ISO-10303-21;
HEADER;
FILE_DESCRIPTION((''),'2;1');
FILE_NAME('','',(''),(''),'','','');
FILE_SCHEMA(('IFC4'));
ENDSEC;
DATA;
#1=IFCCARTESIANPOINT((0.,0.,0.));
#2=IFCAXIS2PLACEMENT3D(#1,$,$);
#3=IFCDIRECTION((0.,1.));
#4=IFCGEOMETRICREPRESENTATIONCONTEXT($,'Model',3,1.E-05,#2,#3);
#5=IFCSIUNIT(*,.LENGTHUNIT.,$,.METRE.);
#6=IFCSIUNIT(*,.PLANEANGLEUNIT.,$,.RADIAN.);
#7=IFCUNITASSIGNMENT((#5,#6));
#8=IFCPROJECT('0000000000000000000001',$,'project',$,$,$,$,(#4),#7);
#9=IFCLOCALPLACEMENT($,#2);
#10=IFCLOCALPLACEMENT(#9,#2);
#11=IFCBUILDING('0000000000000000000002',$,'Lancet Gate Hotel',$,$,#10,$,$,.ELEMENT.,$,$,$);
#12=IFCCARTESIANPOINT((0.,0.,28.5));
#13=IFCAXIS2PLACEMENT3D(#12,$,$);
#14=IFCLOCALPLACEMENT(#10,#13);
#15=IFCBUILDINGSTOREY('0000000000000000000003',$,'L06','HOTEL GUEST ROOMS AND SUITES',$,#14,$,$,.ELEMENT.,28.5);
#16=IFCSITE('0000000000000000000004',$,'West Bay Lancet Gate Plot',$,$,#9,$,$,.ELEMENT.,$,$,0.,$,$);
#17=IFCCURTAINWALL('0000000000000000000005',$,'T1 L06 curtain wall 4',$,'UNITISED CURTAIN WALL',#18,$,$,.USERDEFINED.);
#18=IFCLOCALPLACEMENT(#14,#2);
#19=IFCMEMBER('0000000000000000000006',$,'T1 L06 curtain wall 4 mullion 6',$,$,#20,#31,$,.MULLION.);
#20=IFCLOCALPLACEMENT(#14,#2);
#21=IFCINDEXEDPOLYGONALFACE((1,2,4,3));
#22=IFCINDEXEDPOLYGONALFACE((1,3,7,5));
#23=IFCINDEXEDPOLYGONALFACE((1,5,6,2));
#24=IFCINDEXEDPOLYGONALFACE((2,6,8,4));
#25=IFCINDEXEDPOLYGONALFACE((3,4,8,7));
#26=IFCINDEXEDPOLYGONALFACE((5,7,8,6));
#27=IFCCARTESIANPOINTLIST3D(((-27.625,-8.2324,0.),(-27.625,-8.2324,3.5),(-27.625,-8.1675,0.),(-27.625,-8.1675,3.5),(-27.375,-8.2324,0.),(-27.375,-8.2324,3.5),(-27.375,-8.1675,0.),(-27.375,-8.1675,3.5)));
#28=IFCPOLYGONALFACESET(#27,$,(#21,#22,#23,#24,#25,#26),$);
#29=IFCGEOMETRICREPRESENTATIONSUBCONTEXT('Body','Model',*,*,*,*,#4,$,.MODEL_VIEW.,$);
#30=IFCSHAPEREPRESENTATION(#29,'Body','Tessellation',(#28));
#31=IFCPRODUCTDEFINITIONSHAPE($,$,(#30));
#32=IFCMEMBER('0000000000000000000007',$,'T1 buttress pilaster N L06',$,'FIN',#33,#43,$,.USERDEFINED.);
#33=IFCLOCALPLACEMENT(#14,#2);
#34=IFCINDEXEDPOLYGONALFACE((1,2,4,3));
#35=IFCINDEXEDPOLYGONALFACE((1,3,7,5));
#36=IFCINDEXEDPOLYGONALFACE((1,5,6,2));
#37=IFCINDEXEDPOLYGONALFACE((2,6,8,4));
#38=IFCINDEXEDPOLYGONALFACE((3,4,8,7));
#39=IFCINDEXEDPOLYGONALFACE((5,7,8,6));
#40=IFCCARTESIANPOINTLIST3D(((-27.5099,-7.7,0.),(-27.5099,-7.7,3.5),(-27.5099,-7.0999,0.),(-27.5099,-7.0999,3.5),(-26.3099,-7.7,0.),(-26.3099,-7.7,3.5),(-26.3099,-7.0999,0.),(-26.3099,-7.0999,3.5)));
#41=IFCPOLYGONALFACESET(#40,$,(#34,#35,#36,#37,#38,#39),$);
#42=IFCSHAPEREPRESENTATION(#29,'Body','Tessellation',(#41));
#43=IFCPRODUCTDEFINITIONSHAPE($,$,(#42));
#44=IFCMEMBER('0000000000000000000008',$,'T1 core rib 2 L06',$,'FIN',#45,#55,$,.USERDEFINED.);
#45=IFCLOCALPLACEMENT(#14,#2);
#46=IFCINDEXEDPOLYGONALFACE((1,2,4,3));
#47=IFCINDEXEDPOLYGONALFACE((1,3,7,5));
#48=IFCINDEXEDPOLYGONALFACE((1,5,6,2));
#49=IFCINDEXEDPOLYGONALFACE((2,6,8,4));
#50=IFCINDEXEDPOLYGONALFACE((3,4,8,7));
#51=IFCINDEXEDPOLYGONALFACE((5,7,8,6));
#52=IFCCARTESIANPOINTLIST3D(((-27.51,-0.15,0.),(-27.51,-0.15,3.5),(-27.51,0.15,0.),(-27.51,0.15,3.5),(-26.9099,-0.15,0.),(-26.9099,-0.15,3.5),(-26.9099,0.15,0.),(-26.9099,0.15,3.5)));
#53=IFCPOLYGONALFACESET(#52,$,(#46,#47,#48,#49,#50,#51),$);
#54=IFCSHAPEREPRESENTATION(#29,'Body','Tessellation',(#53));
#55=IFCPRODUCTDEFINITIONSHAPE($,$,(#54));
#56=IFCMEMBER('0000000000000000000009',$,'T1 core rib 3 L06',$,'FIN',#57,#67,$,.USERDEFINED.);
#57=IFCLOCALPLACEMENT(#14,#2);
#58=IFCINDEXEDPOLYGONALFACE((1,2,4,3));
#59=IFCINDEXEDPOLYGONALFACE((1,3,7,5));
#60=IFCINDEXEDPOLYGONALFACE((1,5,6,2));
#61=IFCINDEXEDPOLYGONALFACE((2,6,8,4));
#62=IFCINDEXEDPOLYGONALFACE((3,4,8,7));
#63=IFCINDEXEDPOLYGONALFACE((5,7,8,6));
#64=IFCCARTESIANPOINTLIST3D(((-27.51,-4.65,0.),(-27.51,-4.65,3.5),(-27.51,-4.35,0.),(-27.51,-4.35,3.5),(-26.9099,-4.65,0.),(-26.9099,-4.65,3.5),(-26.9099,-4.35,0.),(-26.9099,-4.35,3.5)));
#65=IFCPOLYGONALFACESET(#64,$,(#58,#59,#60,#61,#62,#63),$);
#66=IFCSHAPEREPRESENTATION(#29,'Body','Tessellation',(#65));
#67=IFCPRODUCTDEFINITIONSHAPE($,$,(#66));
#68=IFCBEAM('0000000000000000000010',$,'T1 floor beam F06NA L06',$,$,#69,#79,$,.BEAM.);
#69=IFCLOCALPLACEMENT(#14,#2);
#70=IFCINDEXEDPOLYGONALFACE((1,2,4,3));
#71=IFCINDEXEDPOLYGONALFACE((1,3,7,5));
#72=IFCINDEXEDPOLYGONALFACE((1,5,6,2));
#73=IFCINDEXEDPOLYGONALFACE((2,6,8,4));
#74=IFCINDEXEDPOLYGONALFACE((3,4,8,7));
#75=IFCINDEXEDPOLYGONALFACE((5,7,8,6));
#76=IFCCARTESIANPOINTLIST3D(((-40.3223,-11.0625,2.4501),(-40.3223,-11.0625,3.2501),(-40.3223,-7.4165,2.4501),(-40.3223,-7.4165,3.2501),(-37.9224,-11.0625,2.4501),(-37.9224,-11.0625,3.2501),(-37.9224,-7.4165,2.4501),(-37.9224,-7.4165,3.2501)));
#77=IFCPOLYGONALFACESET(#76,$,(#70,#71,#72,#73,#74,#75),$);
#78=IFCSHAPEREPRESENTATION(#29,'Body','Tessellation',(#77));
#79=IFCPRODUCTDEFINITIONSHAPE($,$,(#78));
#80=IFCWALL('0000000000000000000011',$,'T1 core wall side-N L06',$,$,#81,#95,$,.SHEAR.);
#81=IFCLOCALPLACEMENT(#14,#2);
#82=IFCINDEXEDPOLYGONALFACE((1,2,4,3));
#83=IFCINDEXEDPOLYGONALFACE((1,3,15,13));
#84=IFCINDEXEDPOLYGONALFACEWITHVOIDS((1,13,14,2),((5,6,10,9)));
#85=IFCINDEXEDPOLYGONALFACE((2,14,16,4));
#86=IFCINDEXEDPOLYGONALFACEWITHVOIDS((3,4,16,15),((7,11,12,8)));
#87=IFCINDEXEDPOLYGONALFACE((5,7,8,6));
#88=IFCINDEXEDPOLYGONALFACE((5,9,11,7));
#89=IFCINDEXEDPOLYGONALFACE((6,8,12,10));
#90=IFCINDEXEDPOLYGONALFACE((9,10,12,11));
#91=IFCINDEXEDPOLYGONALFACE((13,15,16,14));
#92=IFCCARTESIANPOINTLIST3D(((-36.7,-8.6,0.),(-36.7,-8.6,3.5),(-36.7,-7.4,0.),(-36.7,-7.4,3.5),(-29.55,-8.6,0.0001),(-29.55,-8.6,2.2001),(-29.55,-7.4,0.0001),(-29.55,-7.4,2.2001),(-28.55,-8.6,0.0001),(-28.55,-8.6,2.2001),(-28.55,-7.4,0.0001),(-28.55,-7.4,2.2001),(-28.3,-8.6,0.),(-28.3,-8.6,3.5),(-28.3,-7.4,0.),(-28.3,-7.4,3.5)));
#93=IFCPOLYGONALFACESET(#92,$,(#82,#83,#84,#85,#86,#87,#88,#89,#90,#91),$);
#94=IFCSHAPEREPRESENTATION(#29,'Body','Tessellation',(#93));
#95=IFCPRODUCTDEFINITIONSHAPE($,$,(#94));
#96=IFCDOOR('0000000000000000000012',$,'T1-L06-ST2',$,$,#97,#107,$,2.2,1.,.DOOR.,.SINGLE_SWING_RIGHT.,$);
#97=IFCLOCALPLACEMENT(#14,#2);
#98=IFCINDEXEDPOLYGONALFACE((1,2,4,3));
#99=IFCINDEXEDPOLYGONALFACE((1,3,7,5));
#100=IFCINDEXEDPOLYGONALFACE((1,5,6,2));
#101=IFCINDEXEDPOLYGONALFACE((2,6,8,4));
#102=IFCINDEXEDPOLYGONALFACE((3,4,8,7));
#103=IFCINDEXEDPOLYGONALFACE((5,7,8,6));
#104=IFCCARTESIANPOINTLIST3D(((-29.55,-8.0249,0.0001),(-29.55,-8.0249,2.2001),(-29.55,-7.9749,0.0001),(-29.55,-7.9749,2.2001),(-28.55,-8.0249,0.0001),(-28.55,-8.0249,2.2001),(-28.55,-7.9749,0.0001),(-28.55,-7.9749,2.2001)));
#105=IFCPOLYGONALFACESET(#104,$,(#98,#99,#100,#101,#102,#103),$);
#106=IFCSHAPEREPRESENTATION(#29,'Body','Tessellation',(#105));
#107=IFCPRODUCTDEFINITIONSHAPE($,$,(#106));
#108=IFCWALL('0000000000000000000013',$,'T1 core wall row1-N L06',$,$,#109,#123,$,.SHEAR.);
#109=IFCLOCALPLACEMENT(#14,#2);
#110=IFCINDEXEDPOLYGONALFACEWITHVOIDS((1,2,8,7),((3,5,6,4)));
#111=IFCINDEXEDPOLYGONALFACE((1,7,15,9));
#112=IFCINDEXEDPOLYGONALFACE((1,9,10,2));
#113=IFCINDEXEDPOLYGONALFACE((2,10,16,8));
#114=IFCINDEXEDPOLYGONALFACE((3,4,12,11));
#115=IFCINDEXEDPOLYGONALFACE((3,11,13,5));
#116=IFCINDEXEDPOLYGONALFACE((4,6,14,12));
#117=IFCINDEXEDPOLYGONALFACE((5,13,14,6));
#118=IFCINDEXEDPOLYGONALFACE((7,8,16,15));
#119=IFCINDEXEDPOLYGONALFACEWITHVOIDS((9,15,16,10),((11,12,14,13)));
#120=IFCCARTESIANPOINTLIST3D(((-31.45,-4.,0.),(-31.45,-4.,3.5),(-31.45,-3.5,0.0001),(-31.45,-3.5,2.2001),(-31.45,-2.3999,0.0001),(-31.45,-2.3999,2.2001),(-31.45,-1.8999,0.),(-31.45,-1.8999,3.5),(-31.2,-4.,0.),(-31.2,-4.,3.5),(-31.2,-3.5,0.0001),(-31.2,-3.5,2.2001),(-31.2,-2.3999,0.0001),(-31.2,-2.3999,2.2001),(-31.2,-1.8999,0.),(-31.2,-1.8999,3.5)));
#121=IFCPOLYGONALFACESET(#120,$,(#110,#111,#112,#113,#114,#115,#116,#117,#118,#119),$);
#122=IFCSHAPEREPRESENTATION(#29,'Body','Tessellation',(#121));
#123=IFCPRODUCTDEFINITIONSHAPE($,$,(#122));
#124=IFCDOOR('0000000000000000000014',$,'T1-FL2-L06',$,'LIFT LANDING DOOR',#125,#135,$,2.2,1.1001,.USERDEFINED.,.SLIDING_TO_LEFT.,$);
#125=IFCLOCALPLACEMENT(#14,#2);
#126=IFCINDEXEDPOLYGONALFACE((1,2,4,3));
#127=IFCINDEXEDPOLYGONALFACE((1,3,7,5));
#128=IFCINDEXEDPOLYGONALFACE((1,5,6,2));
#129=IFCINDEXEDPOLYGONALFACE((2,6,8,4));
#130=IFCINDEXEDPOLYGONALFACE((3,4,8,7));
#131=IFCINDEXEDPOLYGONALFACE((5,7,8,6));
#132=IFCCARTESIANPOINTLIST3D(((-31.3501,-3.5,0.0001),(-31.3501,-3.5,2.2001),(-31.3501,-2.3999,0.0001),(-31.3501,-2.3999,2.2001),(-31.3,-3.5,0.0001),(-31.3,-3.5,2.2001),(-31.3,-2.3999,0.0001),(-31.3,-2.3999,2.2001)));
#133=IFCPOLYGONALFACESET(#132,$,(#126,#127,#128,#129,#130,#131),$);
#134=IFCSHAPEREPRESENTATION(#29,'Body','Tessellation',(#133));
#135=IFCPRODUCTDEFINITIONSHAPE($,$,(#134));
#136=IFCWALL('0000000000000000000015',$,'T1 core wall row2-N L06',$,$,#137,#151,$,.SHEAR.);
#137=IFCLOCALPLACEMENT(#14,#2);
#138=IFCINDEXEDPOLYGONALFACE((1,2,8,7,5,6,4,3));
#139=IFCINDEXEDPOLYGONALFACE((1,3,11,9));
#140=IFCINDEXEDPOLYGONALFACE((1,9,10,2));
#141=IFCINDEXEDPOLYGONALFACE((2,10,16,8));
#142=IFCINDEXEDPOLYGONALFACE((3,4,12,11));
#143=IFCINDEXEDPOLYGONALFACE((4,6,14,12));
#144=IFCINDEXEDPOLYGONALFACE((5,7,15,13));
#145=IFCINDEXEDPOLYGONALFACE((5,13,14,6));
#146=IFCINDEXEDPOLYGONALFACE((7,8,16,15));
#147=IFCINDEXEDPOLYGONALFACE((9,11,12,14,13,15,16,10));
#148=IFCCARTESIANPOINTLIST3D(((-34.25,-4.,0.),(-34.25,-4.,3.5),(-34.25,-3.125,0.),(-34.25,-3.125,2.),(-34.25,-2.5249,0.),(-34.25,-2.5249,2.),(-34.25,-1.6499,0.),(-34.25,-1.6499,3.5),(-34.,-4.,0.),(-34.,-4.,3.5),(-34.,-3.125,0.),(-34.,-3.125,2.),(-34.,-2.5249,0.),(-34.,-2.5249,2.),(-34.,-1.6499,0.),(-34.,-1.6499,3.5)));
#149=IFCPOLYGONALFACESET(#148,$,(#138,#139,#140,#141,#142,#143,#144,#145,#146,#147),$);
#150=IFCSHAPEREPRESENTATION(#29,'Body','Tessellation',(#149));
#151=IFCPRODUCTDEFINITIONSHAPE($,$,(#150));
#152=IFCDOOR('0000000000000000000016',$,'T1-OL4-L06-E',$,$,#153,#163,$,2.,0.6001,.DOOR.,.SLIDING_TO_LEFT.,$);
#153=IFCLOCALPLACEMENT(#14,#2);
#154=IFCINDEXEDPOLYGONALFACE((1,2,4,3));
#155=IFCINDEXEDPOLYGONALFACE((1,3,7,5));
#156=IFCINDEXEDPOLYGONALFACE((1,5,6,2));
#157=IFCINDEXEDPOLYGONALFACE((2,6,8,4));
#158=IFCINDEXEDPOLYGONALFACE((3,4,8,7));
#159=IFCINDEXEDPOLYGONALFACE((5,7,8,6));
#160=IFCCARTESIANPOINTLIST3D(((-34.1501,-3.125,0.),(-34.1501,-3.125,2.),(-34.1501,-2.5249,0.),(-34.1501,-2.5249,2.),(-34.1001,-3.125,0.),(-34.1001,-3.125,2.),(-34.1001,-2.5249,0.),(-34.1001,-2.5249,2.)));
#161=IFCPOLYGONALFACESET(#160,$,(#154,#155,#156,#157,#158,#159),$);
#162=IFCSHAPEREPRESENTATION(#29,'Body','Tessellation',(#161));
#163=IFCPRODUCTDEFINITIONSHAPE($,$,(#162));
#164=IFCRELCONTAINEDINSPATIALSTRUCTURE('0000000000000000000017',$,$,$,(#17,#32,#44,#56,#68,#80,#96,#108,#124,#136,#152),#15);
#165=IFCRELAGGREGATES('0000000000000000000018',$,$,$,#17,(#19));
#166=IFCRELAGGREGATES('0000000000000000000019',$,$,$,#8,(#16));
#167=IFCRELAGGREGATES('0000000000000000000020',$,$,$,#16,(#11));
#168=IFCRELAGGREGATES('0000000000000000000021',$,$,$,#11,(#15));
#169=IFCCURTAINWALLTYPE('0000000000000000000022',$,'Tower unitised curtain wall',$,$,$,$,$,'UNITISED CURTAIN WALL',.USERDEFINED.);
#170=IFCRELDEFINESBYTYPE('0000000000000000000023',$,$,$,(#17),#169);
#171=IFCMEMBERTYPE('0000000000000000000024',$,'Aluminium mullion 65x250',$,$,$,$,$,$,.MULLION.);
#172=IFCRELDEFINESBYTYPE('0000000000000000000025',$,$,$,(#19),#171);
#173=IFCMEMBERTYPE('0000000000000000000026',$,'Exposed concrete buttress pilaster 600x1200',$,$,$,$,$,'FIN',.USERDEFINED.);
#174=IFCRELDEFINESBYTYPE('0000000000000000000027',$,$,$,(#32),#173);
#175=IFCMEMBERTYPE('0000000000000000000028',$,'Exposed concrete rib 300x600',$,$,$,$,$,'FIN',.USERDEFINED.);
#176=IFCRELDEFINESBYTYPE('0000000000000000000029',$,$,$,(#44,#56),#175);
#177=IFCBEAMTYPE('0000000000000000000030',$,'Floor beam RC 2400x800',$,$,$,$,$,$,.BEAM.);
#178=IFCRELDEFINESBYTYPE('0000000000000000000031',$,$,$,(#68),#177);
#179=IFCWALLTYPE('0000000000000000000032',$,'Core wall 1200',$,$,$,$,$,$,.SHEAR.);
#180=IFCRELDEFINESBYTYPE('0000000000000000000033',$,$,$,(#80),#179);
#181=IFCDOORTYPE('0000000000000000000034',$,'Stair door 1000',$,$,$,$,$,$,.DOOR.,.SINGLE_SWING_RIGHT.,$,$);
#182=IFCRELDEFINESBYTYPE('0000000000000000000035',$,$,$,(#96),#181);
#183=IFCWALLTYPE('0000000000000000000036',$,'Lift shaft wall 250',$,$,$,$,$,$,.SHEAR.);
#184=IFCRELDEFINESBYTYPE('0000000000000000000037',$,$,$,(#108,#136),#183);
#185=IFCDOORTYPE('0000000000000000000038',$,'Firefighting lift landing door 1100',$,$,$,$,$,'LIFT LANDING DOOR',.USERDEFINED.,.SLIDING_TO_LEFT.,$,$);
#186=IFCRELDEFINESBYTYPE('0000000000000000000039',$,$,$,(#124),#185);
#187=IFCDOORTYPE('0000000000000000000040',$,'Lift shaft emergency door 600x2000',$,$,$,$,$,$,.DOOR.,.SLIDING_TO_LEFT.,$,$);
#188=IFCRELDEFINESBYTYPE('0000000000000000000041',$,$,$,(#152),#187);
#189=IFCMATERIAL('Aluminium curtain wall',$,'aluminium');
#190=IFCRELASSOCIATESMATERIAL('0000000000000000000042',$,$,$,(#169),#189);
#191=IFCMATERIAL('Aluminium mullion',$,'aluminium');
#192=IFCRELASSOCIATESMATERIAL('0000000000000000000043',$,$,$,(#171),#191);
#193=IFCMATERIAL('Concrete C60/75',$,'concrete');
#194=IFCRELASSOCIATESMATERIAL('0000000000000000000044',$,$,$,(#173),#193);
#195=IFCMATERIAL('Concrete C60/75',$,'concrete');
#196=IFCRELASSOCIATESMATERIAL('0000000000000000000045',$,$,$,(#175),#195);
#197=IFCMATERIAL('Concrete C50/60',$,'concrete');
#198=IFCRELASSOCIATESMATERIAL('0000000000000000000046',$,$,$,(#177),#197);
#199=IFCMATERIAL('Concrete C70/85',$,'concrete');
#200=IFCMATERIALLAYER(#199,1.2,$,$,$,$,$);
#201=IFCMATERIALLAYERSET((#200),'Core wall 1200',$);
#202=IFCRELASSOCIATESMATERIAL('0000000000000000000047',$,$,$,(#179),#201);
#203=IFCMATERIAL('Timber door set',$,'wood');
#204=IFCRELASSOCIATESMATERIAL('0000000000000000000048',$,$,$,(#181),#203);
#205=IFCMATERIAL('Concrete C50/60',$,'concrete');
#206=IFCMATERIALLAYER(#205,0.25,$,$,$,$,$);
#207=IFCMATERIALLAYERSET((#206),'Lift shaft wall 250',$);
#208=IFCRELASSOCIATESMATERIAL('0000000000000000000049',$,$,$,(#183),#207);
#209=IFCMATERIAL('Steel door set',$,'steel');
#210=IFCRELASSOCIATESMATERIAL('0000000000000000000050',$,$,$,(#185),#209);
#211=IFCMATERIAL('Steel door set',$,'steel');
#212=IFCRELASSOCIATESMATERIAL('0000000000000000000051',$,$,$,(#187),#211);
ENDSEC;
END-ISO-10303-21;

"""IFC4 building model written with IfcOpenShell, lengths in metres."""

from ifc_helpers import new_model, si_unit, direction, frame, frame_2d, origin, origin_2d, place, context, subcontext, project, spatial, rectangle, extrude, material, layer, layer_set, material_profile, profile_set, type_object, element, fill, aggregate, save


model = new_model("IFC4")

# Units and contexts
model_context = context("Model", 3, precision=1e-05, world=origin(), true_north=direction((0.0, 1.0)))
body_context = subcontext(model_context, "Body", "Model", "MODEL_VIEW")
ifc_project = project(units=[si_unit("LENGTHUNIT", "METRE"), si_unit("PLANEANGLEUNIT", "RADIAN")], contexts=[model_context])

# Site, building, storey
site_placement = place(None, origin())
site = spatial("IfcSite", under=ifc_project, at=site_placement, Name="West Bay Lancet Gate Plot", CompositionType="ELEMENT", RefElevation=0.0)
building_placement = place(site_placement, origin())
building = spatial("IfcBuilding", under=site, at=building_placement, Name="Lancet Gate Hotel", CompositionType="ELEMENT")
storey_placement = place(building_placement, frame((0.0, 0.0, 28.5)))
storey = spatial("IfcBuildingStorey", under=building, at=storey_placement, Name="L06", Description="HOTEL GUEST ROOMS AND SUITES", CompositionType="ELEMENT", Elevation=28.5)

# Curtain wall, member
ifc_material_1 = material(Name="Aluminium curtain wall", Category="aluminium")
curtain_wall_type = type_object("IfcCurtainWallType", Name="Tower unitised curtain wall", ElementType="UNITISED CURTAIN WALL", PredefinedType="USERDEFINED", material=ifc_material_1)
curtain_wall_placement = place(storey_placement, origin())
curtain_wall = element("IfcCurtainWall", 1, at=curtain_wall_placement, inside=storey, type_object=curtain_wall_type, Name="T1 L06 curtain wall 4", ObjectType="UNITISED CURTAIN WALL", PredefinedType="USERDEFINED")
ifc_material_2 = material(Name="Aluminium mullion", Category="aluminium")
ifc_material_profile_1 = material_profile(ifc_material_2, rectangle(XDim=0.0649, YDim=0.25, at=origin_2d()), Name="MULLION 65x250")
ifc_profile_set_1 = profile_set([ifc_material_profile_1], Name="Aluminium mullion")
member_type_1 = type_object("IfcMemberType", Name="Aluminium mullion 65x250", PredefinedType="MULLION", material=ifc_profile_set_1)
member_1_placement = place(storey_placement, frame((-27.5, -8.2, 0.0), z_axis=(0.0, 0.0, 1.0), x_axis=(0.0, 1.0, 0.0)))
member_1 = element("IfcMember", 2, at=member_1_placement, type_object=member_type_1, Name="T1 L06 curtain wall 4 mullion 6", PredefinedType="MULLION", context=body_context, shape_type="SweptSolid", body=[
    extrude(rectangle(XDim=0.0649, YDim=0.25, at=origin_2d()), origin(), (0.0, 0.0, 1.0), 3.5),
])
aggregate(curtain_wall, [member_1])

# Members
ifc_material_3 = material(Name="Concrete C60/75", Category="concrete")
ifc_material_profile_2 = material_profile(ifc_material_3, rectangle(XDim=0.6001, YDim=1.2, at=origin_2d()), Name="FIN 600x1200")
ifc_profile_set_2 = profile_set([ifc_material_profile_2], Name="Concrete C60/75")
member_type_2 = type_object("IfcMemberType", Name="Exposed concrete buttress pilaster 600x1200", ElementType="FIN", PredefinedType="USERDEFINED", material=ifc_profile_set_2)
member_2_placement = place(storey_placement, frame((-26.9099, -7.3999, 0.0), z_axis=(0.0, 0.0, 1.0), x_axis=(0.0, 1.0, 0.0)))
element("IfcMember", 3, at=member_2_placement, inside=storey, type_object=member_type_2, Name="T1 buttress pilaster N L06", ObjectType="FIN", PredefinedType="USERDEFINED", context=body_context, shape_type="SweptSolid", body=[
    extrude(rectangle(XDim=0.6001, YDim=1.2, at=origin_2d()), origin(), (0.0, 0.0, 1.0), 3.5),
])
ifc_material_4 = material(Name="Concrete C60/75", Category="concrete")
ifc_material_profile_3 = material_profile(ifc_material_4, rectangle(XDim=0.3, YDim=0.6001, at=origin_2d()), Name="FIN 300x600")
ifc_profile_set_3 = profile_set([ifc_material_profile_3], Name="Concrete C60/75")
member_type_3 = type_object("IfcMemberType", Name="Exposed concrete rib 300x600", ElementType="FIN", PredefinedType="USERDEFINED", material=ifc_profile_set_3)
for number, where, z_axis, x_axis, name in (
    (4, (-27.21, 0.0, 0.0), (0.0, 0.0, 1.0), (0.0, 1.0, 0.0), "T1 core rib 2 L06"),
    (5, (-27.21, -4.5, 0.0), (0.0, 0.0, 1.0), (0.0, 1.0, 0.0), "T1 core rib 3 L06"),
):
    element("IfcMember", number, at=place(storey_placement, frame(where, z_axis=z_axis, x_axis=x_axis)), inside=storey, type_object=member_type_3, Name=name, ObjectType="FIN", PredefinedType="USERDEFINED", context=body_context, shape_type="SweptSolid", body=[
        extrude(rectangle(XDim=0.3, YDim=0.6001, at=origin_2d()), origin(), (0.0, 0.0, 1.0), 3.5),
    ])

# Beam
ifc_material_5 = material(Name="Concrete C50/60", Category="concrete")
ifc_material_profile_4 = material_profile(ifc_material_5, rectangle(XDim=2.3999, YDim=0.8, at=origin_2d()), Name="RC 2400x800")
ifc_profile_set_4 = profile_set([ifc_material_profile_4], Name="Concrete C50/60")
beam_type = type_object("IfcBeamType", Name="Floor beam RC 2400x800", PredefinedType="BEAM", material=ifc_profile_set_4)
beam_placement = place(storey_placement, frame((-39.1223, -7.4165, 2.8501), z_axis=(0.0, -1.0, 0.0), x_axis=(1.0, 0.0, 0.0)))
element("IfcBeam", 6, at=beam_placement, inside=storey, type_object=beam_type, Name="T1 floor beam F06NA L06", PredefinedType="BEAM", context=body_context, shape_type="SweptSolid", body=[
    extrude(rectangle(XDim=2.3999, YDim=0.8, at=origin_2d()), origin(), (0.0, 0.0, 1.0), 3.646),
])

# Walls, openings, doors
ifc_material_6 = material(Name="Concrete C70/85", Category="concrete")
ifc_layer_1 = layer(ifc_material_6, 1.2)
ifc_layer_set_1 = layer_set([ifc_layer_1], Name="Core wall 1200")
wall_type_1 = type_object("IfcWallType", Name="Core wall 1200", PredefinedType="SHEAR", material=ifc_layer_set_1)
wall_1_placement = place(storey_placement, frame((-28.3, -8.0, 0.0), z_axis=(0.0, 0.0, 1.0), x_axis=(-1.0, 0.0, 0.0)))
wall_1 = element("IfcWall", 7, at=wall_1_placement, inside=storey, type_object=wall_type_1, Name="T1 core wall side-N L06", PredefinedType="SHEAR", context=body_context, shape_type="SweptSolid", body=[
    extrude(rectangle(XDim=8.3999, YDim=1.2, at=frame_2d((4.2, 0.0))), origin(), (0.0, 0.0, 1.0), 3.5),
])
opening_1_placement = place(wall_1_placement, frame((0.25, 0.0, 0.0)))
opening_1 = element("IfcOpeningElement", 8, at=opening_1_placement, cuts=wall_1, PredefinedType="OPENING", context=body_context, shape_type="SweptSolid", body=[
    extrude(rectangle(XDim=1.0, YDim=2.2, at=frame_2d((0.5, 1.1001))), frame((0.0, 0.6099, 0.0), z_axis=(0.0, -1.0, 0.0), x_axis=(1.0, 0.0, 0.0)), (0.0, 0.0, 1.0), 1.22),
])
ifc_material_7 = material(Name="Timber door set", Category="wood")
door_type_1 = type_object("IfcDoorType", Name="Stair door 1000", OperationType="SINGLE_SWING_RIGHT", PredefinedType="DOOR", material=ifc_material_7)
door_1_placement = place(opening_1_placement, origin())
door_1 = element("IfcDoor", 9, at=door_1_placement, inside=storey, type_object=door_type_1, Name="T1-L06-ST2", OperationType="SINGLE_SWING_RIGHT", OverallHeight=2.2, OverallWidth=1.0, PredefinedType="DOOR", context=body_context, shape_type="SweptSolid", body=[
    extrude(rectangle(XDim=1.0, YDim=2.2, at=frame_2d((0.5, 1.1001))), frame((0.0, 0.0249, 0.0), z_axis=(0.0, -1.0, 0.0), x_axis=(1.0, 0.0, 0.0)), (0.0, 0.0, 1.0), 0.05),
])
fill(opening_1, door_1)
ifc_material_8 = material(Name="Concrete C50/60", Category="concrete")
ifc_layer_2 = layer(ifc_material_8, 0.25)
ifc_layer_set_2 = layer_set([ifc_layer_2], Name="Lift shaft wall 250")
wall_type_2 = type_object("IfcWallType", Name="Lift shaft wall 250", PredefinedType="SHEAR", material=ifc_layer_set_2)
wall_2_placement = place(storey_placement, frame((-31.325, -1.8999, 0.0), z_axis=(0.0, 0.0, 1.0), x_axis=(0.0, -1.0, 0.0)))
wall_2 = element("IfcWall", 10, at=wall_2_placement, inside=storey, type_object=wall_type_2, Name="T1 core wall row1-N L06", PredefinedType="SHEAR", context=body_context, shape_type="SweptSolid", body=[
    extrude(rectangle(XDim=2.1001, YDim=0.25, at=frame_2d((1.05, 0.0))), origin(), (0.0, 0.0, 1.0), 3.5),
])
opening_2_placement = place(wall_2_placement, frame((0.5, 0.0, 0.0)))
opening_2 = element("IfcOpeningElement", 11, at=opening_2_placement, cuts=wall_2, PredefinedType="OPENING", context=body_context, shape_type="SweptSolid", body=[
    extrude(rectangle(XDim=1.1001, YDim=2.2, at=frame_2d((0.55, 1.1001))), frame((0.0, 0.135, 0.0), z_axis=(0.0, -1.0, 0.0), x_axis=(1.0, 0.0, 0.0)), (0.0, 0.0, 1.0), 0.27),
])
ifc_material_9 = material(Name="Steel door set", Category="steel")
door_type_2 = type_object("IfcDoorType", Name="Firefighting lift landing door 1100", ElementType="LIFT LANDING DOOR", OperationType="SLIDING_TO_LEFT", PredefinedType="USERDEFINED", material=ifc_material_9)
door_2_placement = place(opening_2_placement, origin())
door_2 = element("IfcDoor", 12, at=door_2_placement, inside=storey, type_object=door_type_2, Name="T1-FL2-L06", ObjectType="LIFT LANDING DOOR", OperationType="SLIDING_TO_LEFT", OverallHeight=2.2, OverallWidth=1.1001, PredefinedType="USERDEFINED", context=body_context, shape_type="SweptSolid", body=[
    extrude(rectangle(XDim=1.1001, YDim=2.2, at=frame_2d((0.55, 1.1001))), frame((0.0, 0.0249, 0.0), z_axis=(0.0, -1.0, 0.0), x_axis=(1.0, 0.0, 0.0)), (0.0, 0.0, 1.0), 0.05),
])
fill(opening_2, door_2)
wall_3_placement = place(storey_placement, frame((-34.125, -1.6499, 0.0), z_axis=(0.0, 0.0, 1.0), x_axis=(0.0, -1.0, 0.0)))
wall_3 = element("IfcWall", 13, at=wall_3_placement, inside=storey, type_object=wall_type_2, Name="T1 core wall row2-N L06", PredefinedType="SHEAR", context=body_context, shape_type="SweptSolid", body=[
    extrude(rectangle(XDim=2.3501, YDim=0.25, at=frame_2d((1.175, 0.0))), origin(), (0.0, 0.0, 1.0), 3.5),
])
opening_3_placement = place(wall_3_placement, frame((0.875, 0.0, 0.0)))
opening_3 = element("IfcOpeningElement", 14, at=opening_3_placement, cuts=wall_3, PredefinedType="OPENING", context=body_context, shape_type="SweptSolid", body=[
    extrude(rectangle(XDim=0.6001, YDim=2.0, at=frame_2d((0.3, 1.0))), frame((0.0, 0.135, 0.0), z_axis=(0.0, -1.0, 0.0), x_axis=(1.0, 0.0, 0.0)), (0.0, 0.0, 1.0), 0.27),
])
ifc_material_10 = material(Name="Steel door set", Category="steel")
door_type_3 = type_object("IfcDoorType", Name="Lift shaft emergency door 600x2000", OperationType="SLIDING_TO_LEFT", PredefinedType="DOOR", material=ifc_material_10)
door_3_placement = place(opening_3_placement, origin())
door_3 = element("IfcDoor", 15, at=door_3_placement, inside=storey, type_object=door_type_3, Name="T1-OL4-L06-E", OperationType="SLIDING_TO_LEFT", OverallHeight=2.0, OverallWidth=0.6001, PredefinedType="DOOR", context=body_context, shape_type="SweptSolid", body=[
    extrude(rectangle(XDim=0.6001, YDim=2.0, at=frame_2d((0.3, 1.0))), frame((0.0, 0.0249, 0.0), z_axis=(0.0, -1.0, 0.0), x_axis=(1.0, 0.0, 0.0)), (0.0, 0.0, 1.0), 0.05),
])
fill(opening_3, door_3)

save(model, "model.ifc")
